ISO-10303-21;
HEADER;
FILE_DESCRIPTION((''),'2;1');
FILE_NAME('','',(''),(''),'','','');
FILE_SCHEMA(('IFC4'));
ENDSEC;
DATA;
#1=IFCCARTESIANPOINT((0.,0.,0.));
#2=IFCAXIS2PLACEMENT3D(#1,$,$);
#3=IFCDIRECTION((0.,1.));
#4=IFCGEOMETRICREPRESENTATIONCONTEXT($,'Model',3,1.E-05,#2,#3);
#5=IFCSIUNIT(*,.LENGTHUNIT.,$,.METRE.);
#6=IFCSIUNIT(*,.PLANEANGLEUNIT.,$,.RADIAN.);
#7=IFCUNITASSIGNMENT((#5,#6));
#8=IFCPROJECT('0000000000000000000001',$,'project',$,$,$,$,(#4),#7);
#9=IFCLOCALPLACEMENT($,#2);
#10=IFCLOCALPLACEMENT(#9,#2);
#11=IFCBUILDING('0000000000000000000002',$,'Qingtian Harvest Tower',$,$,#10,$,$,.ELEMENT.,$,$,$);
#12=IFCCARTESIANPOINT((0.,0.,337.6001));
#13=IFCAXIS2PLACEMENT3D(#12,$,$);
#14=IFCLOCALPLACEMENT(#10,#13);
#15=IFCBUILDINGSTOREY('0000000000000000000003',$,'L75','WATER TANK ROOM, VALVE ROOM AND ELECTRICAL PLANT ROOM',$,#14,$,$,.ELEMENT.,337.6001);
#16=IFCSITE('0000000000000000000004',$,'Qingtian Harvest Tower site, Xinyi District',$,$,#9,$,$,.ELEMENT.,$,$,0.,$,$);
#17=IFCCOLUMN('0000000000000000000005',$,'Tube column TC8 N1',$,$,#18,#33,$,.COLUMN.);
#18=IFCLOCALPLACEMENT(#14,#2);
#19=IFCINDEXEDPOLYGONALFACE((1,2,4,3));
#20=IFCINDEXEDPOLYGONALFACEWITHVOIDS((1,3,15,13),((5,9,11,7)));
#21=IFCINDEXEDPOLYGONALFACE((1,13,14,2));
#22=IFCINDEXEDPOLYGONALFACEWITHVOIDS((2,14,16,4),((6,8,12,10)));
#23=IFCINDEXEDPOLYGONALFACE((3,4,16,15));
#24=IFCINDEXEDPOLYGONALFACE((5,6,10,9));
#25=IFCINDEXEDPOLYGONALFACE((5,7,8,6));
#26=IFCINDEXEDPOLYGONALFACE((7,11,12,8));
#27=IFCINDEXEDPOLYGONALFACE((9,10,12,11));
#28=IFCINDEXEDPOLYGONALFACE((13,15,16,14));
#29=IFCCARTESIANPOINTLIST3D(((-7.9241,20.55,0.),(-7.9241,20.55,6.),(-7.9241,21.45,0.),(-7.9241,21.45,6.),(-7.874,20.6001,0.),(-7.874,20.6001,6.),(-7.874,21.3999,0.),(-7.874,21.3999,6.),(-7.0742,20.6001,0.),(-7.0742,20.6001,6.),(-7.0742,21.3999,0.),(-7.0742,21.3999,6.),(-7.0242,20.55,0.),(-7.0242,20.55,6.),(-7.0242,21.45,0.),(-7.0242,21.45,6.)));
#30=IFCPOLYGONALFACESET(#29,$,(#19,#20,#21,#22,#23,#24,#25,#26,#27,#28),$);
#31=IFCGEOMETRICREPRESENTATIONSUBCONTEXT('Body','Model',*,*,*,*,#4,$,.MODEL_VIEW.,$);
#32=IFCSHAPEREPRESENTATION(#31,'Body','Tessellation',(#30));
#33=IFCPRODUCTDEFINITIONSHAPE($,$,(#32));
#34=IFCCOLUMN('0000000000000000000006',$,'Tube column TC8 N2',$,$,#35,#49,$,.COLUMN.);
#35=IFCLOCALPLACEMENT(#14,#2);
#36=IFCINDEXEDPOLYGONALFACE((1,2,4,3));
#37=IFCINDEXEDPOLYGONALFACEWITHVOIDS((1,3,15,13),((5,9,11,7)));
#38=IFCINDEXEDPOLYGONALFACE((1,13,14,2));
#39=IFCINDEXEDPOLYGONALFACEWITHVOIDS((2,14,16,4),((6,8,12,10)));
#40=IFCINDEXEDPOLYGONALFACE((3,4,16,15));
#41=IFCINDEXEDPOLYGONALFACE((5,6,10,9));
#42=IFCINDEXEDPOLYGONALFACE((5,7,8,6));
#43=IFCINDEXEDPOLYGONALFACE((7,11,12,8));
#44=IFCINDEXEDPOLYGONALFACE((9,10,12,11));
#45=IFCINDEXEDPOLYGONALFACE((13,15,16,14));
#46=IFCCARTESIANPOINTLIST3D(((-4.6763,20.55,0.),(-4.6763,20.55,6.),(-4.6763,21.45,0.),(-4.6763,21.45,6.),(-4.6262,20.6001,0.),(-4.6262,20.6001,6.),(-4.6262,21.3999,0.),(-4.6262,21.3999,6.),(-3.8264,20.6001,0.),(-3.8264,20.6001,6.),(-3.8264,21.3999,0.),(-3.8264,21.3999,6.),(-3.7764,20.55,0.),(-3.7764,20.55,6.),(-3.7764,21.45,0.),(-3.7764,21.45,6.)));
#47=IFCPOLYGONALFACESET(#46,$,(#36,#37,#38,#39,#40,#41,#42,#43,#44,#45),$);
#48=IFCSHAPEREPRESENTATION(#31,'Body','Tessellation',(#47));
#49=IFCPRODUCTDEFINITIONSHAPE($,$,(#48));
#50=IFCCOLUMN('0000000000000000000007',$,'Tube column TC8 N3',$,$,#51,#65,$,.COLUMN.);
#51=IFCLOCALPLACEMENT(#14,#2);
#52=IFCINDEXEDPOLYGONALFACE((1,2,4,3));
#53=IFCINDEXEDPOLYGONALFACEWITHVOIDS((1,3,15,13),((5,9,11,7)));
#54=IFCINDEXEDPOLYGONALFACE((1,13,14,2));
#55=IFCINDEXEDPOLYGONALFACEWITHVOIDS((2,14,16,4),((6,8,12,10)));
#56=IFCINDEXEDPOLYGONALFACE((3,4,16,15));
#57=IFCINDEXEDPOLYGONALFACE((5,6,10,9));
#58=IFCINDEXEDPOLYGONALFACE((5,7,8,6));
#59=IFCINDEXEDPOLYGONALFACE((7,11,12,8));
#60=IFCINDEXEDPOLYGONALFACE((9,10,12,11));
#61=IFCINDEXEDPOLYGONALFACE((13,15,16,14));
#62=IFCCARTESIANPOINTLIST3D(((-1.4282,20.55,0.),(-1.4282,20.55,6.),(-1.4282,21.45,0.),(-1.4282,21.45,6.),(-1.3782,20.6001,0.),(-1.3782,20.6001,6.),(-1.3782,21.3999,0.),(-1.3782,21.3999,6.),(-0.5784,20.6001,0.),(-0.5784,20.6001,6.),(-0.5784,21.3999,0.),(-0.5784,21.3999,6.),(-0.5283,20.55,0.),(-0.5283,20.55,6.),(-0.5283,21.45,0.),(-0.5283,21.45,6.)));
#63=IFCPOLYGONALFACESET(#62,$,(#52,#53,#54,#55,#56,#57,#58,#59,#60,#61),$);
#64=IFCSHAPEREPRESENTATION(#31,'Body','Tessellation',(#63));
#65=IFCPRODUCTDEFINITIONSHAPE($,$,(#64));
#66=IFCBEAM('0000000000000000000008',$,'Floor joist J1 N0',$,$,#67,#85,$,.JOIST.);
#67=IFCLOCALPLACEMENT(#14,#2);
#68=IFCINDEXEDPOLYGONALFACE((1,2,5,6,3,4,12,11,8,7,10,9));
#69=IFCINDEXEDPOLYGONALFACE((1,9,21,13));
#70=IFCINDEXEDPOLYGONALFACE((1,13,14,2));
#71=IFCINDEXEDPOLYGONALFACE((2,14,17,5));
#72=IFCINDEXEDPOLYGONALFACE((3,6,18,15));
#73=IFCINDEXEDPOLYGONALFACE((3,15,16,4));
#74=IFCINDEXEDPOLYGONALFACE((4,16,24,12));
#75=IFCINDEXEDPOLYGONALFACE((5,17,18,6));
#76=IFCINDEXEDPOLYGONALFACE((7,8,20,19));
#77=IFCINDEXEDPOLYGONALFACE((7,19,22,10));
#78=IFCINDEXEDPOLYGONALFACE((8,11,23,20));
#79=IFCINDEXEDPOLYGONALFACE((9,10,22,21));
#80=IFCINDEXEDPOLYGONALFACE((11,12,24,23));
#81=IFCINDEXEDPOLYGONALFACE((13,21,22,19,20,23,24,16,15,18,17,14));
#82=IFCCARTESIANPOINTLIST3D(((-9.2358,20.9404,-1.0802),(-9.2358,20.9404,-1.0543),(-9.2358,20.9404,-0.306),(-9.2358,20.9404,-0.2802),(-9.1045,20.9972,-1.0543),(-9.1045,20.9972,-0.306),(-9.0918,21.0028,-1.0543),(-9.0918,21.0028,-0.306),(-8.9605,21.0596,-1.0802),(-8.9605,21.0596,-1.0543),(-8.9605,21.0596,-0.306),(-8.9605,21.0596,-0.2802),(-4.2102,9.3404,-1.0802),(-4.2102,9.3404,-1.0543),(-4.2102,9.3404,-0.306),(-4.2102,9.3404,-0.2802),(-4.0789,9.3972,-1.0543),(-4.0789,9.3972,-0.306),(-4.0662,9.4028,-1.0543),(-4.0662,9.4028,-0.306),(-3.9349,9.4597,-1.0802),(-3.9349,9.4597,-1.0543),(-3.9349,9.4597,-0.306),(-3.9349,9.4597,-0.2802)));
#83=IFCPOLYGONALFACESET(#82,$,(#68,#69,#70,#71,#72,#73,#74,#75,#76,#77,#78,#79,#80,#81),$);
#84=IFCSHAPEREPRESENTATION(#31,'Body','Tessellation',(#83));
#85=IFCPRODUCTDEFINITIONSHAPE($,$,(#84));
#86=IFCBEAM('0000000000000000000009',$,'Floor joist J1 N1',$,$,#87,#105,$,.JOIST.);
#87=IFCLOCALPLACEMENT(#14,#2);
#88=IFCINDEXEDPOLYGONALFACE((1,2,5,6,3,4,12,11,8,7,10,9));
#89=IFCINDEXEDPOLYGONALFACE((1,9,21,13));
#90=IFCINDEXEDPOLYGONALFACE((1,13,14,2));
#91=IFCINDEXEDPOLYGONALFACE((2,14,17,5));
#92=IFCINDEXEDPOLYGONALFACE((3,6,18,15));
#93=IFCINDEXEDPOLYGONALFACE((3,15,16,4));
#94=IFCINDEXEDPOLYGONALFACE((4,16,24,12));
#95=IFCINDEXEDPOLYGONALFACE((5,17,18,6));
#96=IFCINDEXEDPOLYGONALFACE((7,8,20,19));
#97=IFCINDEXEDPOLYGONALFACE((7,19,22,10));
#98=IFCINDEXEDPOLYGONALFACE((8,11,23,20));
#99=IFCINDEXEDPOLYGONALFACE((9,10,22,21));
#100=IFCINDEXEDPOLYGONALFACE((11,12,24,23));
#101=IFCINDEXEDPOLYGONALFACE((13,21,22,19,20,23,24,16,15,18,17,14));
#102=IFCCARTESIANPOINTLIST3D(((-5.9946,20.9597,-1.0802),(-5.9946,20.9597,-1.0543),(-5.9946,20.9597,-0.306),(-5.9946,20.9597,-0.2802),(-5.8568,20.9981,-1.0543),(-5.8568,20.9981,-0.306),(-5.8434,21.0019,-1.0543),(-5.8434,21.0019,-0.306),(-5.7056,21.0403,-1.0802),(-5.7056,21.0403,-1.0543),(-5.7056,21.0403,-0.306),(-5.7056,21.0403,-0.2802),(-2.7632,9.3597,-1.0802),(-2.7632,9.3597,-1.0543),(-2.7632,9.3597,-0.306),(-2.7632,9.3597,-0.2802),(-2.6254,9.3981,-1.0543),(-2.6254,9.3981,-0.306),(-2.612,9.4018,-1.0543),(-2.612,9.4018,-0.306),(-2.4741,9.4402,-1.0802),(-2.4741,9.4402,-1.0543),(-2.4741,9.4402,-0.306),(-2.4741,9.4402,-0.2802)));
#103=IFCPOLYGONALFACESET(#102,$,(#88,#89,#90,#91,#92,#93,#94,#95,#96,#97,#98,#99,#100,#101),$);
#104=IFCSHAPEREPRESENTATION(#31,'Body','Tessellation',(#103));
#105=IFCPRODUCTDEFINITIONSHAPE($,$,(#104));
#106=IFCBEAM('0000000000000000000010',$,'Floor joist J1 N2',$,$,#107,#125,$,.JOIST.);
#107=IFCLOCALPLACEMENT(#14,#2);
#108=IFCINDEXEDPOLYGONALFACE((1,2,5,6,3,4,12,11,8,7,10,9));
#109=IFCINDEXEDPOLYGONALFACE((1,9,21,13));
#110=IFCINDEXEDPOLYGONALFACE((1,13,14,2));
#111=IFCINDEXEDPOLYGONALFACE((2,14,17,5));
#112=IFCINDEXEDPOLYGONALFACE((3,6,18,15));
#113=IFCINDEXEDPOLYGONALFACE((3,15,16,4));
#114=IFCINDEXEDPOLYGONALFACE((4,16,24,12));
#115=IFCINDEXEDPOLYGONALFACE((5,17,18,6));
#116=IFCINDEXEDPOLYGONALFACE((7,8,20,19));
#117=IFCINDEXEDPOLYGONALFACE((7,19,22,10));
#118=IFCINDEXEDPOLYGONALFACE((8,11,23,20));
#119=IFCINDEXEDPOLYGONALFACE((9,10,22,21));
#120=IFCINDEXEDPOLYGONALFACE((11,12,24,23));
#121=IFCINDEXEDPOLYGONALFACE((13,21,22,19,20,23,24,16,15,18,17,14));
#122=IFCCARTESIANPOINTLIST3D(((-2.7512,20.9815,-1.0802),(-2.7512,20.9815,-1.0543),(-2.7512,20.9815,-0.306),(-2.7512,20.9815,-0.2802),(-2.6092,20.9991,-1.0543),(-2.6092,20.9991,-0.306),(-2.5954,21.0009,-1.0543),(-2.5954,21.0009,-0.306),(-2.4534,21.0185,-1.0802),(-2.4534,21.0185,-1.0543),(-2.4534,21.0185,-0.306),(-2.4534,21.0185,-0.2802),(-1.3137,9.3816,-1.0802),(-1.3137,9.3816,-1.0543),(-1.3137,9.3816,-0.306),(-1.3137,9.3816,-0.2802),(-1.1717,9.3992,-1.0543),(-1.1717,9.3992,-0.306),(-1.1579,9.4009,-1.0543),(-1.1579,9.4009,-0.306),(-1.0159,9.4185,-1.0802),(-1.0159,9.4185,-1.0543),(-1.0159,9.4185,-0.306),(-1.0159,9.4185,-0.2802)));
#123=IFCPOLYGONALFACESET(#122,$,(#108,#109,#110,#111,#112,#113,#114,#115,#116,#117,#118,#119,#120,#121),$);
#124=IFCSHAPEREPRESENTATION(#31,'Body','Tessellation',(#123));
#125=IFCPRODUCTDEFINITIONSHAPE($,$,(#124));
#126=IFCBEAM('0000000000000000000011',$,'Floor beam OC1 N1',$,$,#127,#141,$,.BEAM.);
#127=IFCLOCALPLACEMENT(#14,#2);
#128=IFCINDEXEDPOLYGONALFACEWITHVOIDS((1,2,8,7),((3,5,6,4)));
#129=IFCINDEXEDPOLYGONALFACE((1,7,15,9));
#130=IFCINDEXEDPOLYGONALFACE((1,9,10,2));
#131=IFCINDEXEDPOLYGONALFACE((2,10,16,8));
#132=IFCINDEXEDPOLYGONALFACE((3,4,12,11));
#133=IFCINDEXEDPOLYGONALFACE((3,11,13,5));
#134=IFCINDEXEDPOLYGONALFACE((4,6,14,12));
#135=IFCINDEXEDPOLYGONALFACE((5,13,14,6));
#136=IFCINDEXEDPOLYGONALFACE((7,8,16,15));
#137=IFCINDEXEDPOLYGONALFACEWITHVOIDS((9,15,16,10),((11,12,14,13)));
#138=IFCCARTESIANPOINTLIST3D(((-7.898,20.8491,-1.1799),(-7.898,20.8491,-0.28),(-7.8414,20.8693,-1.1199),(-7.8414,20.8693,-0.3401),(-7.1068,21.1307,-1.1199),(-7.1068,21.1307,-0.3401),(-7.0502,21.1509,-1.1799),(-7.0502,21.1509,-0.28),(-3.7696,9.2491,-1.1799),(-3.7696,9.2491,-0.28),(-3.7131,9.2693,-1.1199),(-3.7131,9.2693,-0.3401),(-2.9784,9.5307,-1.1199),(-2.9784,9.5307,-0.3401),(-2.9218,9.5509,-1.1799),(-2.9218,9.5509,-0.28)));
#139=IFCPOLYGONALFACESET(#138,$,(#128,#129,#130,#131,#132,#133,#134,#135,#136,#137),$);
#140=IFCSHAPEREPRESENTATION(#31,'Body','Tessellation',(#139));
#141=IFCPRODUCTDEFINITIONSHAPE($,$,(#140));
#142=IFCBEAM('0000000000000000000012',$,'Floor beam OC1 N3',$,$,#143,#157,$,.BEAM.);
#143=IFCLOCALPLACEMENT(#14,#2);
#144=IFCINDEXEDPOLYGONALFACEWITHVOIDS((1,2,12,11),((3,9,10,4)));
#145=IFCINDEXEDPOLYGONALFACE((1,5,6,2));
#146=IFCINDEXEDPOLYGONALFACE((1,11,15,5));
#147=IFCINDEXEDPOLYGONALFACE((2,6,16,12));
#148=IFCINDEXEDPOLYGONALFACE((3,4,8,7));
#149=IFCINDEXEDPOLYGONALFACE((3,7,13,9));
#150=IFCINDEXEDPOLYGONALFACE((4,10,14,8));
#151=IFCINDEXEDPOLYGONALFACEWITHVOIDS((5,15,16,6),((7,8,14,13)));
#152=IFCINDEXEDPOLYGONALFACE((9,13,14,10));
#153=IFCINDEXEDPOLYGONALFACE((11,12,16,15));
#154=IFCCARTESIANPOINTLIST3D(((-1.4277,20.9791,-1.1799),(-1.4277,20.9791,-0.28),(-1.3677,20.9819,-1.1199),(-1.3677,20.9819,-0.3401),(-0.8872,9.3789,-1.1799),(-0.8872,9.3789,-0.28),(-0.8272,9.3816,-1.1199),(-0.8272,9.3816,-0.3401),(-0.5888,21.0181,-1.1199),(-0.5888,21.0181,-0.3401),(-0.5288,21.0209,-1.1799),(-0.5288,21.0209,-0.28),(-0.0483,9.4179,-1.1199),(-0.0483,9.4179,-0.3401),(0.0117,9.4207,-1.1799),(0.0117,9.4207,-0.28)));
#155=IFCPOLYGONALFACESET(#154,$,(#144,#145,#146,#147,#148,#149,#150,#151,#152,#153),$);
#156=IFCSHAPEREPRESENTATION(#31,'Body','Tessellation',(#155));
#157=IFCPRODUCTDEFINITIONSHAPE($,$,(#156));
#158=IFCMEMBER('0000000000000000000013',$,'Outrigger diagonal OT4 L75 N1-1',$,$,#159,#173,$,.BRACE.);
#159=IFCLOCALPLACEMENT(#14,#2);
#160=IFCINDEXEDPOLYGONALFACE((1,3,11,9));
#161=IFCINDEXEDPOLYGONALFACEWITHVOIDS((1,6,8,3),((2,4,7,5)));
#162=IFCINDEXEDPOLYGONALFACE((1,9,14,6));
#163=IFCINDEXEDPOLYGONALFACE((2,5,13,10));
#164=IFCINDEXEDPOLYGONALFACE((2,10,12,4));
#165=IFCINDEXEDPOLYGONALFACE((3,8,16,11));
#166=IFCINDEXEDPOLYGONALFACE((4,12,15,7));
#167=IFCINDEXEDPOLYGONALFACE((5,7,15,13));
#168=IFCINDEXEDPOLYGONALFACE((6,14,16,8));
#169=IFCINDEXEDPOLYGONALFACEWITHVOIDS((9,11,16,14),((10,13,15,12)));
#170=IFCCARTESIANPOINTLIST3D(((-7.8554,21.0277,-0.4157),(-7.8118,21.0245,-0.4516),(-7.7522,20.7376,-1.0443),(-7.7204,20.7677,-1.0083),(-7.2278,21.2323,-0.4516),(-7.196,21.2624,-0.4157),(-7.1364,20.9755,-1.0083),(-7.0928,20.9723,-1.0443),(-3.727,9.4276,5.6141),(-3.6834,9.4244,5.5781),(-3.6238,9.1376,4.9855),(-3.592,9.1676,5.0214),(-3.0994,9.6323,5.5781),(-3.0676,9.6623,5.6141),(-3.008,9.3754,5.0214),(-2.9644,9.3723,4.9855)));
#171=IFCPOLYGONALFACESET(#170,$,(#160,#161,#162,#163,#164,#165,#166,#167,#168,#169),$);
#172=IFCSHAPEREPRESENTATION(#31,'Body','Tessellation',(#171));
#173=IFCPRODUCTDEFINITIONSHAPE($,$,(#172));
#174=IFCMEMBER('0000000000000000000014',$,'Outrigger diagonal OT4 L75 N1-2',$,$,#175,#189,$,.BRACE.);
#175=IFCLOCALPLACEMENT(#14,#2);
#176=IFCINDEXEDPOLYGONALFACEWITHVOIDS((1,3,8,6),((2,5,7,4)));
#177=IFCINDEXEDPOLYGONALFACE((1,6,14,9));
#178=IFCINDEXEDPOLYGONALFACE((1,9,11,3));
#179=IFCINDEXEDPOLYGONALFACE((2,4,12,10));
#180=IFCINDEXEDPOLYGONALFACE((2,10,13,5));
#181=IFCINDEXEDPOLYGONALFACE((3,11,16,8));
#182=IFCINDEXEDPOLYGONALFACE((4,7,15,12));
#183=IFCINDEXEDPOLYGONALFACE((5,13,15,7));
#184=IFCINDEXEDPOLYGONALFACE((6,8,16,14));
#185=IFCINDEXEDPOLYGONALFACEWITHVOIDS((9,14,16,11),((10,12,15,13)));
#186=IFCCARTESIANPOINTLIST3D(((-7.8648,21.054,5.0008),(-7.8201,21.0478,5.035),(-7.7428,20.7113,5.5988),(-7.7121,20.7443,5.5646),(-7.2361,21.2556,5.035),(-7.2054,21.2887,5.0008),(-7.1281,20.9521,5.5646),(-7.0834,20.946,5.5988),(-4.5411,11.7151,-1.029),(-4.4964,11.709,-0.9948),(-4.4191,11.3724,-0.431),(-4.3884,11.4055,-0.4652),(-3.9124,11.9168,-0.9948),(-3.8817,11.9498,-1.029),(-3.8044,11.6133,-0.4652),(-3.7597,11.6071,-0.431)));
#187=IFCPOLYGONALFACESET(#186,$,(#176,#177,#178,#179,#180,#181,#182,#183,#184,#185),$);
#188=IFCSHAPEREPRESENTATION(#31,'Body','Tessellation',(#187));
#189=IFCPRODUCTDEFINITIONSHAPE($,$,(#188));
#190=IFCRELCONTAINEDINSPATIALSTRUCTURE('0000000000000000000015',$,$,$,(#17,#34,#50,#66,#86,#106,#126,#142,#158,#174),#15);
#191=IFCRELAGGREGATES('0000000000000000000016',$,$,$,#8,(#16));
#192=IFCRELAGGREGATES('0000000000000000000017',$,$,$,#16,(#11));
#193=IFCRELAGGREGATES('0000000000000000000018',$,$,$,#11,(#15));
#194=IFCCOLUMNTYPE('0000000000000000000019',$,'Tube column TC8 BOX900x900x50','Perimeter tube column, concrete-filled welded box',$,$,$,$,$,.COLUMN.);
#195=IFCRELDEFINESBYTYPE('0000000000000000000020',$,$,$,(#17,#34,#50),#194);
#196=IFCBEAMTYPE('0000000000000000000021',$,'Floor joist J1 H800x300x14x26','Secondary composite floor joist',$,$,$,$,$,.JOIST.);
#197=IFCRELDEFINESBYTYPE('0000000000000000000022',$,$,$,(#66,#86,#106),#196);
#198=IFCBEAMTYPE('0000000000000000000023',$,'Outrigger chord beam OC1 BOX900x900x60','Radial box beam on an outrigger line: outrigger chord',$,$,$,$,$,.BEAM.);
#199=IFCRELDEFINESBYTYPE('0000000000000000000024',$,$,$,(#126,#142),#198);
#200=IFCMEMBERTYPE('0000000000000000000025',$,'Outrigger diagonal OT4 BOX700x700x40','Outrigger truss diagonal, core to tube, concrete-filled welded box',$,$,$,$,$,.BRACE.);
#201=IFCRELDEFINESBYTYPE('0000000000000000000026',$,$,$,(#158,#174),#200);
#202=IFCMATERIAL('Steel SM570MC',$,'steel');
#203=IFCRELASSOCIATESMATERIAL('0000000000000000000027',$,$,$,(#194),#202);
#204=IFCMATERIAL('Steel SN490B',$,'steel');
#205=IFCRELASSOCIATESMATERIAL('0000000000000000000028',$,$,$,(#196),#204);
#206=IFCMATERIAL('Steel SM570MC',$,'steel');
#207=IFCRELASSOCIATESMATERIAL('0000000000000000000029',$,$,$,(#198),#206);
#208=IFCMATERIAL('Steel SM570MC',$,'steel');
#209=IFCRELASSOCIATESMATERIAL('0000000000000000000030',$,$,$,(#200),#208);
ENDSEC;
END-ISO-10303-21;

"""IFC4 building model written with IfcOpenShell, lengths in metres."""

from ifc_helpers import new_model, si_unit, direction, frame, origin, origin_2d, place, context, subcontext, project, spatial, hollow_rectangle, i_section, extrude, material, material_profile, profile_set, type_object, element, save


model = new_model("IFC4")

# Units and contexts
model_context = context("Model", 3, precision=1e-05, world=origin(), true_north=direction((0.0, 1.0)))
body_context = subcontext(model_context, "Body", "Model", "MODEL_VIEW")
ifc_project = project(units=[si_unit("LENGTHUNIT", "METRE"), si_unit("PLANEANGLEUNIT", "RADIAN")], contexts=[model_context])

# Site, building, storey
site_placement = place(None, origin())
site = spatial("IfcSite", under=ifc_project, at=site_placement, Name="Qingtian Harvest Tower site, Xinyi District", CompositionType="ELEMENT", RefElevation=0.0)
building_placement = place(site_placement, origin())
building = spatial("IfcBuilding", under=site, at=building_placement, Name="Qingtian Harvest Tower", CompositionType="ELEMENT")
storey_placement = place(building_placement, frame((0.0, 0.0, 337.6001)))
storey = spatial("IfcBuildingStorey", under=building, at=storey_placement, Name="L75", Description="WATER TANK ROOM, VALVE ROOM AND ELECTRICAL PLANT ROOM", CompositionType="ELEMENT", Elevation=337.6001)

# Columns
ifc_material_1 = material(Name="Steel SM570MC", Category="steel")
ifc_material_profile_1 = material_profile(ifc_material_1, hollow_rectangle(XDim=0.8999, YDim=0.8999, WallThickness=0.05, at=origin_2d()), Name="BOX900x900x50")
ifc_profile_set_1 = profile_set([ifc_material_profile_1], Name="Steel SM570MC")
column_type = type_object("IfcColumnType", Name="Tube column TC8 BOX900x900x50", Description="Perimeter tube column, concrete-filled welded box", PredefinedType="COLUMN", material=ifc_profile_set_1)
for number, where, z_axis, x_axis, name in (
    (1, (-7.4741, 21.0, 0.0), (0.0, 0.0, 1.0), (-1.0, 0.0, 0.0), "Tube column TC8 N1"),
    (2, (-4.2263, 21.0, 0.0), (0.0, 0.0, 1.0), (-1.0, 0.0, 0.0), "Tube column TC8 N2"),
    (3, (-0.9783, 21.0, 0.0), (0.0, 0.0, 1.0), (-1.0, 0.0, 0.0), "Tube column TC8 N3"),
):
    element("IfcColumn", number, at=place(storey_placement, frame(where, z_axis=z_axis, x_axis=x_axis)), inside=storey, type_object=column_type, Name=name, PredefinedType="COLUMN", context=body_context, shape_type="SweptSolid", body=[
        extrude(hollow_rectangle(XDim=0.8999, YDim=0.8999, WallThickness=0.05, at=origin_2d()), origin(), (0.0, 0.0, 1.0), 6.0),
    ])

# Beams
ifc_material_2 = material(Name="Steel SN490B", Category="steel")
ifc_material_profile_2 = material_profile(ifc_material_2, i_section(OverallWidth=0.3, OverallDepth=0.8, WebThickness=0.0139, FlangeThickness=0.0259, at=origin_2d()), Name="H800x300x14x26")
ifc_profile_set_2 = profile_set([ifc_material_profile_2], Name="Steel SN490B")
beam_type_1 = type_object("IfcBeamType", Name="Floor joist J1 H800x300x14x26", Description="Secondary composite floor joist", PredefinedType="JOIST", material=ifc_profile_set_2)
beam_1_placement = place(storey_placement, frame((-9.0981, 21.0, -0.6802), z_axis=(0.397536, -0.917587, 0.0), x_axis=(0.917587, 0.397536, 0.0)))
element("IfcBeam", 4, at=beam_1_placement, inside=storey, type_object=beam_type_1, Name="Floor joist J1 N0", PredefinedType="JOIST", context=body_context, shape_type="SweptSolid", body=[
    extrude(i_section(OverallWidth=0.3, OverallDepth=0.8, WebThickness=0.0139, FlangeThickness=0.0259, at=origin_2d()), origin(), (0.0, 0.0, 1.0), 12.6418),
])
beam_2_placement = place(storey_placement, frame((-5.8501, 21.0, -0.6802), z_axis=(0.268353, -0.963321, 0.0), x_axis=(0.963321, 0.268353, 0.0)))
element("IfcBeam", 5, at=beam_2_placement, inside=storey, type_object=beam_type_1, Name="Floor joist J1 N1", PredefinedType="JOIST", context=body_context, shape_type="SweptSolid", body=[
    extrude(i_section(OverallWidth=0.3, OverallDepth=0.8, WebThickness=0.0139, FlangeThickness=0.0259, at=origin_2d()), origin(), (0.0, 0.0, 1.0), 12.0417),
])
beam_3_placement = place(storey_placement, frame((-2.6023, 21.0, -0.6802), z_axis=(0.122981, -0.992409, 0.0), x_axis=(0.992409, 0.122981, 0.0)))
element("IfcBeam", 6, at=beam_3_placement, inside=storey, type_object=beam_type_1, Name="Floor joist J1 N2", PredefinedType="JOIST", context=body_context, shape_type="SweptSolid", body=[
    extrude(i_section(OverallWidth=0.3, OverallDepth=0.8, WebThickness=0.0139, FlangeThickness=0.0259, at=origin_2d()), origin(), (0.0, 0.0, 1.0), 11.6887),
])
ifc_material_3 = material(Name="Steel SM570MC", Category="steel")
ifc_material_profile_3 = material_profile(ifc_material_3, hollow_rectangle(XDim=0.8999, YDim=0.8999, WallThickness=0.0601, at=origin_2d()), Name="BOX900x900x60")
ifc_profile_set_3 = profile_set([ifc_material_profile_3], Name="Steel SM570MC")
beam_type_2 = type_object("IfcBeamType", Name="Outrigger chord beam OC1 BOX900x900x60", Description="Radial box beam on an outrigger line: outrigger chord", PredefinedType="BEAM", material=ifc_profile_set_3)
beam_4_placement = place(storey_placement, frame((-7.4741, 21.0, -0.73), z_axis=(0.335294, -0.942114, 0.0), x_axis=(0.942114, 0.335294, 0.0)))
element("IfcBeam", 7, at=beam_4_placement, inside=storey, type_object=beam_type_2, Name="Floor beam OC1 N1", PredefinedType="BEAM", context=body_context, shape_type="SweptSolid", body=[
    extrude(hollow_rectangle(XDim=0.8999, YDim=0.8999, WallThickness=0.0601, at=origin_2d()), origin(), (0.0, 0.0, 1.0), 12.3127),
])
beam_5_placement = place(storey_placement, frame((-0.9783, 21.0, -0.73), z_axis=(0.046546, -0.998916, 0.0), x_axis=(0.998916, 0.046546, 0.0)))
element("IfcBeam", 8, at=beam_5_placement, inside=storey, type_object=beam_type_2, Name="Floor beam OC1 N3", PredefinedType="BEAM", context=body_context, shape_type="SweptSolid", body=[
    extrude(hollow_rectangle(XDim=0.8999, YDim=0.8999, WallThickness=0.0601, at=origin_2d()), origin(), (0.0, 0.0, 1.0), 11.6128),
])

# Members
ifc_material_4 = material(Name="Steel SM570MC", Category="steel")
ifc_material_profile_4 = material_profile(ifc_material_4, hollow_rectangle(XDim=0.7, YDim=0.7, WallThickness=0.04, at=origin_2d()), Name="BOX700x700x40")
ifc_profile_set_4 = profile_set([ifc_material_profile_4], Name="Steel SM570MC")
member_type = type_object("IfcMemberType", Name="Outrigger diagonal OT4 BOX700x700x40", Description="Outrigger truss diagonal, core to tube, concrete-filled welded box", PredefinedType="BRACE", material=ifc_profile_set_4)
member_1_placement = place(storey_placement, frame((-7.4741, 21.0, -0.73), z_axis=(0.301124, -0.846104, 0.439809), x_axis=(0.942114, 0.335294, 0.0)))
element("IfcMember", 9, at=member_1_placement, inside=storey, type_object=member_type, Name="Outrigger diagonal OT4 L75 N1-1", PredefinedType="BRACE", context=body_context, shape_type="SweptSolid", body=[
    extrude(hollow_rectangle(XDim=0.7, YDim=0.7, WallThickness=0.04, at=origin_2d()), origin(), (0.0, 0.0, 1.0), 13.71),
])
member_2_placement = place(storey_placement, frame((-4.1504, 11.6611, -0.73), z_axis=(-0.286465, 0.804896, 0.519693), x_axis=(-0.942111, -0.3353, 0.0)))
element("IfcMember", 10, at=member_2_placement, inside=storey, type_object=member_type, Name="Outrigger diagonal OT4 L75 N1-2", PredefinedType="BRACE", context=body_context, shape_type="SweptSolid", body=[
    extrude(hollow_rectangle(XDim=0.7, YDim=0.7, WallThickness=0.04, at=origin_2d()), origin(), (0.0, 0.0, 1.0), 11.6025),
])

save(model, "model.ifc")
